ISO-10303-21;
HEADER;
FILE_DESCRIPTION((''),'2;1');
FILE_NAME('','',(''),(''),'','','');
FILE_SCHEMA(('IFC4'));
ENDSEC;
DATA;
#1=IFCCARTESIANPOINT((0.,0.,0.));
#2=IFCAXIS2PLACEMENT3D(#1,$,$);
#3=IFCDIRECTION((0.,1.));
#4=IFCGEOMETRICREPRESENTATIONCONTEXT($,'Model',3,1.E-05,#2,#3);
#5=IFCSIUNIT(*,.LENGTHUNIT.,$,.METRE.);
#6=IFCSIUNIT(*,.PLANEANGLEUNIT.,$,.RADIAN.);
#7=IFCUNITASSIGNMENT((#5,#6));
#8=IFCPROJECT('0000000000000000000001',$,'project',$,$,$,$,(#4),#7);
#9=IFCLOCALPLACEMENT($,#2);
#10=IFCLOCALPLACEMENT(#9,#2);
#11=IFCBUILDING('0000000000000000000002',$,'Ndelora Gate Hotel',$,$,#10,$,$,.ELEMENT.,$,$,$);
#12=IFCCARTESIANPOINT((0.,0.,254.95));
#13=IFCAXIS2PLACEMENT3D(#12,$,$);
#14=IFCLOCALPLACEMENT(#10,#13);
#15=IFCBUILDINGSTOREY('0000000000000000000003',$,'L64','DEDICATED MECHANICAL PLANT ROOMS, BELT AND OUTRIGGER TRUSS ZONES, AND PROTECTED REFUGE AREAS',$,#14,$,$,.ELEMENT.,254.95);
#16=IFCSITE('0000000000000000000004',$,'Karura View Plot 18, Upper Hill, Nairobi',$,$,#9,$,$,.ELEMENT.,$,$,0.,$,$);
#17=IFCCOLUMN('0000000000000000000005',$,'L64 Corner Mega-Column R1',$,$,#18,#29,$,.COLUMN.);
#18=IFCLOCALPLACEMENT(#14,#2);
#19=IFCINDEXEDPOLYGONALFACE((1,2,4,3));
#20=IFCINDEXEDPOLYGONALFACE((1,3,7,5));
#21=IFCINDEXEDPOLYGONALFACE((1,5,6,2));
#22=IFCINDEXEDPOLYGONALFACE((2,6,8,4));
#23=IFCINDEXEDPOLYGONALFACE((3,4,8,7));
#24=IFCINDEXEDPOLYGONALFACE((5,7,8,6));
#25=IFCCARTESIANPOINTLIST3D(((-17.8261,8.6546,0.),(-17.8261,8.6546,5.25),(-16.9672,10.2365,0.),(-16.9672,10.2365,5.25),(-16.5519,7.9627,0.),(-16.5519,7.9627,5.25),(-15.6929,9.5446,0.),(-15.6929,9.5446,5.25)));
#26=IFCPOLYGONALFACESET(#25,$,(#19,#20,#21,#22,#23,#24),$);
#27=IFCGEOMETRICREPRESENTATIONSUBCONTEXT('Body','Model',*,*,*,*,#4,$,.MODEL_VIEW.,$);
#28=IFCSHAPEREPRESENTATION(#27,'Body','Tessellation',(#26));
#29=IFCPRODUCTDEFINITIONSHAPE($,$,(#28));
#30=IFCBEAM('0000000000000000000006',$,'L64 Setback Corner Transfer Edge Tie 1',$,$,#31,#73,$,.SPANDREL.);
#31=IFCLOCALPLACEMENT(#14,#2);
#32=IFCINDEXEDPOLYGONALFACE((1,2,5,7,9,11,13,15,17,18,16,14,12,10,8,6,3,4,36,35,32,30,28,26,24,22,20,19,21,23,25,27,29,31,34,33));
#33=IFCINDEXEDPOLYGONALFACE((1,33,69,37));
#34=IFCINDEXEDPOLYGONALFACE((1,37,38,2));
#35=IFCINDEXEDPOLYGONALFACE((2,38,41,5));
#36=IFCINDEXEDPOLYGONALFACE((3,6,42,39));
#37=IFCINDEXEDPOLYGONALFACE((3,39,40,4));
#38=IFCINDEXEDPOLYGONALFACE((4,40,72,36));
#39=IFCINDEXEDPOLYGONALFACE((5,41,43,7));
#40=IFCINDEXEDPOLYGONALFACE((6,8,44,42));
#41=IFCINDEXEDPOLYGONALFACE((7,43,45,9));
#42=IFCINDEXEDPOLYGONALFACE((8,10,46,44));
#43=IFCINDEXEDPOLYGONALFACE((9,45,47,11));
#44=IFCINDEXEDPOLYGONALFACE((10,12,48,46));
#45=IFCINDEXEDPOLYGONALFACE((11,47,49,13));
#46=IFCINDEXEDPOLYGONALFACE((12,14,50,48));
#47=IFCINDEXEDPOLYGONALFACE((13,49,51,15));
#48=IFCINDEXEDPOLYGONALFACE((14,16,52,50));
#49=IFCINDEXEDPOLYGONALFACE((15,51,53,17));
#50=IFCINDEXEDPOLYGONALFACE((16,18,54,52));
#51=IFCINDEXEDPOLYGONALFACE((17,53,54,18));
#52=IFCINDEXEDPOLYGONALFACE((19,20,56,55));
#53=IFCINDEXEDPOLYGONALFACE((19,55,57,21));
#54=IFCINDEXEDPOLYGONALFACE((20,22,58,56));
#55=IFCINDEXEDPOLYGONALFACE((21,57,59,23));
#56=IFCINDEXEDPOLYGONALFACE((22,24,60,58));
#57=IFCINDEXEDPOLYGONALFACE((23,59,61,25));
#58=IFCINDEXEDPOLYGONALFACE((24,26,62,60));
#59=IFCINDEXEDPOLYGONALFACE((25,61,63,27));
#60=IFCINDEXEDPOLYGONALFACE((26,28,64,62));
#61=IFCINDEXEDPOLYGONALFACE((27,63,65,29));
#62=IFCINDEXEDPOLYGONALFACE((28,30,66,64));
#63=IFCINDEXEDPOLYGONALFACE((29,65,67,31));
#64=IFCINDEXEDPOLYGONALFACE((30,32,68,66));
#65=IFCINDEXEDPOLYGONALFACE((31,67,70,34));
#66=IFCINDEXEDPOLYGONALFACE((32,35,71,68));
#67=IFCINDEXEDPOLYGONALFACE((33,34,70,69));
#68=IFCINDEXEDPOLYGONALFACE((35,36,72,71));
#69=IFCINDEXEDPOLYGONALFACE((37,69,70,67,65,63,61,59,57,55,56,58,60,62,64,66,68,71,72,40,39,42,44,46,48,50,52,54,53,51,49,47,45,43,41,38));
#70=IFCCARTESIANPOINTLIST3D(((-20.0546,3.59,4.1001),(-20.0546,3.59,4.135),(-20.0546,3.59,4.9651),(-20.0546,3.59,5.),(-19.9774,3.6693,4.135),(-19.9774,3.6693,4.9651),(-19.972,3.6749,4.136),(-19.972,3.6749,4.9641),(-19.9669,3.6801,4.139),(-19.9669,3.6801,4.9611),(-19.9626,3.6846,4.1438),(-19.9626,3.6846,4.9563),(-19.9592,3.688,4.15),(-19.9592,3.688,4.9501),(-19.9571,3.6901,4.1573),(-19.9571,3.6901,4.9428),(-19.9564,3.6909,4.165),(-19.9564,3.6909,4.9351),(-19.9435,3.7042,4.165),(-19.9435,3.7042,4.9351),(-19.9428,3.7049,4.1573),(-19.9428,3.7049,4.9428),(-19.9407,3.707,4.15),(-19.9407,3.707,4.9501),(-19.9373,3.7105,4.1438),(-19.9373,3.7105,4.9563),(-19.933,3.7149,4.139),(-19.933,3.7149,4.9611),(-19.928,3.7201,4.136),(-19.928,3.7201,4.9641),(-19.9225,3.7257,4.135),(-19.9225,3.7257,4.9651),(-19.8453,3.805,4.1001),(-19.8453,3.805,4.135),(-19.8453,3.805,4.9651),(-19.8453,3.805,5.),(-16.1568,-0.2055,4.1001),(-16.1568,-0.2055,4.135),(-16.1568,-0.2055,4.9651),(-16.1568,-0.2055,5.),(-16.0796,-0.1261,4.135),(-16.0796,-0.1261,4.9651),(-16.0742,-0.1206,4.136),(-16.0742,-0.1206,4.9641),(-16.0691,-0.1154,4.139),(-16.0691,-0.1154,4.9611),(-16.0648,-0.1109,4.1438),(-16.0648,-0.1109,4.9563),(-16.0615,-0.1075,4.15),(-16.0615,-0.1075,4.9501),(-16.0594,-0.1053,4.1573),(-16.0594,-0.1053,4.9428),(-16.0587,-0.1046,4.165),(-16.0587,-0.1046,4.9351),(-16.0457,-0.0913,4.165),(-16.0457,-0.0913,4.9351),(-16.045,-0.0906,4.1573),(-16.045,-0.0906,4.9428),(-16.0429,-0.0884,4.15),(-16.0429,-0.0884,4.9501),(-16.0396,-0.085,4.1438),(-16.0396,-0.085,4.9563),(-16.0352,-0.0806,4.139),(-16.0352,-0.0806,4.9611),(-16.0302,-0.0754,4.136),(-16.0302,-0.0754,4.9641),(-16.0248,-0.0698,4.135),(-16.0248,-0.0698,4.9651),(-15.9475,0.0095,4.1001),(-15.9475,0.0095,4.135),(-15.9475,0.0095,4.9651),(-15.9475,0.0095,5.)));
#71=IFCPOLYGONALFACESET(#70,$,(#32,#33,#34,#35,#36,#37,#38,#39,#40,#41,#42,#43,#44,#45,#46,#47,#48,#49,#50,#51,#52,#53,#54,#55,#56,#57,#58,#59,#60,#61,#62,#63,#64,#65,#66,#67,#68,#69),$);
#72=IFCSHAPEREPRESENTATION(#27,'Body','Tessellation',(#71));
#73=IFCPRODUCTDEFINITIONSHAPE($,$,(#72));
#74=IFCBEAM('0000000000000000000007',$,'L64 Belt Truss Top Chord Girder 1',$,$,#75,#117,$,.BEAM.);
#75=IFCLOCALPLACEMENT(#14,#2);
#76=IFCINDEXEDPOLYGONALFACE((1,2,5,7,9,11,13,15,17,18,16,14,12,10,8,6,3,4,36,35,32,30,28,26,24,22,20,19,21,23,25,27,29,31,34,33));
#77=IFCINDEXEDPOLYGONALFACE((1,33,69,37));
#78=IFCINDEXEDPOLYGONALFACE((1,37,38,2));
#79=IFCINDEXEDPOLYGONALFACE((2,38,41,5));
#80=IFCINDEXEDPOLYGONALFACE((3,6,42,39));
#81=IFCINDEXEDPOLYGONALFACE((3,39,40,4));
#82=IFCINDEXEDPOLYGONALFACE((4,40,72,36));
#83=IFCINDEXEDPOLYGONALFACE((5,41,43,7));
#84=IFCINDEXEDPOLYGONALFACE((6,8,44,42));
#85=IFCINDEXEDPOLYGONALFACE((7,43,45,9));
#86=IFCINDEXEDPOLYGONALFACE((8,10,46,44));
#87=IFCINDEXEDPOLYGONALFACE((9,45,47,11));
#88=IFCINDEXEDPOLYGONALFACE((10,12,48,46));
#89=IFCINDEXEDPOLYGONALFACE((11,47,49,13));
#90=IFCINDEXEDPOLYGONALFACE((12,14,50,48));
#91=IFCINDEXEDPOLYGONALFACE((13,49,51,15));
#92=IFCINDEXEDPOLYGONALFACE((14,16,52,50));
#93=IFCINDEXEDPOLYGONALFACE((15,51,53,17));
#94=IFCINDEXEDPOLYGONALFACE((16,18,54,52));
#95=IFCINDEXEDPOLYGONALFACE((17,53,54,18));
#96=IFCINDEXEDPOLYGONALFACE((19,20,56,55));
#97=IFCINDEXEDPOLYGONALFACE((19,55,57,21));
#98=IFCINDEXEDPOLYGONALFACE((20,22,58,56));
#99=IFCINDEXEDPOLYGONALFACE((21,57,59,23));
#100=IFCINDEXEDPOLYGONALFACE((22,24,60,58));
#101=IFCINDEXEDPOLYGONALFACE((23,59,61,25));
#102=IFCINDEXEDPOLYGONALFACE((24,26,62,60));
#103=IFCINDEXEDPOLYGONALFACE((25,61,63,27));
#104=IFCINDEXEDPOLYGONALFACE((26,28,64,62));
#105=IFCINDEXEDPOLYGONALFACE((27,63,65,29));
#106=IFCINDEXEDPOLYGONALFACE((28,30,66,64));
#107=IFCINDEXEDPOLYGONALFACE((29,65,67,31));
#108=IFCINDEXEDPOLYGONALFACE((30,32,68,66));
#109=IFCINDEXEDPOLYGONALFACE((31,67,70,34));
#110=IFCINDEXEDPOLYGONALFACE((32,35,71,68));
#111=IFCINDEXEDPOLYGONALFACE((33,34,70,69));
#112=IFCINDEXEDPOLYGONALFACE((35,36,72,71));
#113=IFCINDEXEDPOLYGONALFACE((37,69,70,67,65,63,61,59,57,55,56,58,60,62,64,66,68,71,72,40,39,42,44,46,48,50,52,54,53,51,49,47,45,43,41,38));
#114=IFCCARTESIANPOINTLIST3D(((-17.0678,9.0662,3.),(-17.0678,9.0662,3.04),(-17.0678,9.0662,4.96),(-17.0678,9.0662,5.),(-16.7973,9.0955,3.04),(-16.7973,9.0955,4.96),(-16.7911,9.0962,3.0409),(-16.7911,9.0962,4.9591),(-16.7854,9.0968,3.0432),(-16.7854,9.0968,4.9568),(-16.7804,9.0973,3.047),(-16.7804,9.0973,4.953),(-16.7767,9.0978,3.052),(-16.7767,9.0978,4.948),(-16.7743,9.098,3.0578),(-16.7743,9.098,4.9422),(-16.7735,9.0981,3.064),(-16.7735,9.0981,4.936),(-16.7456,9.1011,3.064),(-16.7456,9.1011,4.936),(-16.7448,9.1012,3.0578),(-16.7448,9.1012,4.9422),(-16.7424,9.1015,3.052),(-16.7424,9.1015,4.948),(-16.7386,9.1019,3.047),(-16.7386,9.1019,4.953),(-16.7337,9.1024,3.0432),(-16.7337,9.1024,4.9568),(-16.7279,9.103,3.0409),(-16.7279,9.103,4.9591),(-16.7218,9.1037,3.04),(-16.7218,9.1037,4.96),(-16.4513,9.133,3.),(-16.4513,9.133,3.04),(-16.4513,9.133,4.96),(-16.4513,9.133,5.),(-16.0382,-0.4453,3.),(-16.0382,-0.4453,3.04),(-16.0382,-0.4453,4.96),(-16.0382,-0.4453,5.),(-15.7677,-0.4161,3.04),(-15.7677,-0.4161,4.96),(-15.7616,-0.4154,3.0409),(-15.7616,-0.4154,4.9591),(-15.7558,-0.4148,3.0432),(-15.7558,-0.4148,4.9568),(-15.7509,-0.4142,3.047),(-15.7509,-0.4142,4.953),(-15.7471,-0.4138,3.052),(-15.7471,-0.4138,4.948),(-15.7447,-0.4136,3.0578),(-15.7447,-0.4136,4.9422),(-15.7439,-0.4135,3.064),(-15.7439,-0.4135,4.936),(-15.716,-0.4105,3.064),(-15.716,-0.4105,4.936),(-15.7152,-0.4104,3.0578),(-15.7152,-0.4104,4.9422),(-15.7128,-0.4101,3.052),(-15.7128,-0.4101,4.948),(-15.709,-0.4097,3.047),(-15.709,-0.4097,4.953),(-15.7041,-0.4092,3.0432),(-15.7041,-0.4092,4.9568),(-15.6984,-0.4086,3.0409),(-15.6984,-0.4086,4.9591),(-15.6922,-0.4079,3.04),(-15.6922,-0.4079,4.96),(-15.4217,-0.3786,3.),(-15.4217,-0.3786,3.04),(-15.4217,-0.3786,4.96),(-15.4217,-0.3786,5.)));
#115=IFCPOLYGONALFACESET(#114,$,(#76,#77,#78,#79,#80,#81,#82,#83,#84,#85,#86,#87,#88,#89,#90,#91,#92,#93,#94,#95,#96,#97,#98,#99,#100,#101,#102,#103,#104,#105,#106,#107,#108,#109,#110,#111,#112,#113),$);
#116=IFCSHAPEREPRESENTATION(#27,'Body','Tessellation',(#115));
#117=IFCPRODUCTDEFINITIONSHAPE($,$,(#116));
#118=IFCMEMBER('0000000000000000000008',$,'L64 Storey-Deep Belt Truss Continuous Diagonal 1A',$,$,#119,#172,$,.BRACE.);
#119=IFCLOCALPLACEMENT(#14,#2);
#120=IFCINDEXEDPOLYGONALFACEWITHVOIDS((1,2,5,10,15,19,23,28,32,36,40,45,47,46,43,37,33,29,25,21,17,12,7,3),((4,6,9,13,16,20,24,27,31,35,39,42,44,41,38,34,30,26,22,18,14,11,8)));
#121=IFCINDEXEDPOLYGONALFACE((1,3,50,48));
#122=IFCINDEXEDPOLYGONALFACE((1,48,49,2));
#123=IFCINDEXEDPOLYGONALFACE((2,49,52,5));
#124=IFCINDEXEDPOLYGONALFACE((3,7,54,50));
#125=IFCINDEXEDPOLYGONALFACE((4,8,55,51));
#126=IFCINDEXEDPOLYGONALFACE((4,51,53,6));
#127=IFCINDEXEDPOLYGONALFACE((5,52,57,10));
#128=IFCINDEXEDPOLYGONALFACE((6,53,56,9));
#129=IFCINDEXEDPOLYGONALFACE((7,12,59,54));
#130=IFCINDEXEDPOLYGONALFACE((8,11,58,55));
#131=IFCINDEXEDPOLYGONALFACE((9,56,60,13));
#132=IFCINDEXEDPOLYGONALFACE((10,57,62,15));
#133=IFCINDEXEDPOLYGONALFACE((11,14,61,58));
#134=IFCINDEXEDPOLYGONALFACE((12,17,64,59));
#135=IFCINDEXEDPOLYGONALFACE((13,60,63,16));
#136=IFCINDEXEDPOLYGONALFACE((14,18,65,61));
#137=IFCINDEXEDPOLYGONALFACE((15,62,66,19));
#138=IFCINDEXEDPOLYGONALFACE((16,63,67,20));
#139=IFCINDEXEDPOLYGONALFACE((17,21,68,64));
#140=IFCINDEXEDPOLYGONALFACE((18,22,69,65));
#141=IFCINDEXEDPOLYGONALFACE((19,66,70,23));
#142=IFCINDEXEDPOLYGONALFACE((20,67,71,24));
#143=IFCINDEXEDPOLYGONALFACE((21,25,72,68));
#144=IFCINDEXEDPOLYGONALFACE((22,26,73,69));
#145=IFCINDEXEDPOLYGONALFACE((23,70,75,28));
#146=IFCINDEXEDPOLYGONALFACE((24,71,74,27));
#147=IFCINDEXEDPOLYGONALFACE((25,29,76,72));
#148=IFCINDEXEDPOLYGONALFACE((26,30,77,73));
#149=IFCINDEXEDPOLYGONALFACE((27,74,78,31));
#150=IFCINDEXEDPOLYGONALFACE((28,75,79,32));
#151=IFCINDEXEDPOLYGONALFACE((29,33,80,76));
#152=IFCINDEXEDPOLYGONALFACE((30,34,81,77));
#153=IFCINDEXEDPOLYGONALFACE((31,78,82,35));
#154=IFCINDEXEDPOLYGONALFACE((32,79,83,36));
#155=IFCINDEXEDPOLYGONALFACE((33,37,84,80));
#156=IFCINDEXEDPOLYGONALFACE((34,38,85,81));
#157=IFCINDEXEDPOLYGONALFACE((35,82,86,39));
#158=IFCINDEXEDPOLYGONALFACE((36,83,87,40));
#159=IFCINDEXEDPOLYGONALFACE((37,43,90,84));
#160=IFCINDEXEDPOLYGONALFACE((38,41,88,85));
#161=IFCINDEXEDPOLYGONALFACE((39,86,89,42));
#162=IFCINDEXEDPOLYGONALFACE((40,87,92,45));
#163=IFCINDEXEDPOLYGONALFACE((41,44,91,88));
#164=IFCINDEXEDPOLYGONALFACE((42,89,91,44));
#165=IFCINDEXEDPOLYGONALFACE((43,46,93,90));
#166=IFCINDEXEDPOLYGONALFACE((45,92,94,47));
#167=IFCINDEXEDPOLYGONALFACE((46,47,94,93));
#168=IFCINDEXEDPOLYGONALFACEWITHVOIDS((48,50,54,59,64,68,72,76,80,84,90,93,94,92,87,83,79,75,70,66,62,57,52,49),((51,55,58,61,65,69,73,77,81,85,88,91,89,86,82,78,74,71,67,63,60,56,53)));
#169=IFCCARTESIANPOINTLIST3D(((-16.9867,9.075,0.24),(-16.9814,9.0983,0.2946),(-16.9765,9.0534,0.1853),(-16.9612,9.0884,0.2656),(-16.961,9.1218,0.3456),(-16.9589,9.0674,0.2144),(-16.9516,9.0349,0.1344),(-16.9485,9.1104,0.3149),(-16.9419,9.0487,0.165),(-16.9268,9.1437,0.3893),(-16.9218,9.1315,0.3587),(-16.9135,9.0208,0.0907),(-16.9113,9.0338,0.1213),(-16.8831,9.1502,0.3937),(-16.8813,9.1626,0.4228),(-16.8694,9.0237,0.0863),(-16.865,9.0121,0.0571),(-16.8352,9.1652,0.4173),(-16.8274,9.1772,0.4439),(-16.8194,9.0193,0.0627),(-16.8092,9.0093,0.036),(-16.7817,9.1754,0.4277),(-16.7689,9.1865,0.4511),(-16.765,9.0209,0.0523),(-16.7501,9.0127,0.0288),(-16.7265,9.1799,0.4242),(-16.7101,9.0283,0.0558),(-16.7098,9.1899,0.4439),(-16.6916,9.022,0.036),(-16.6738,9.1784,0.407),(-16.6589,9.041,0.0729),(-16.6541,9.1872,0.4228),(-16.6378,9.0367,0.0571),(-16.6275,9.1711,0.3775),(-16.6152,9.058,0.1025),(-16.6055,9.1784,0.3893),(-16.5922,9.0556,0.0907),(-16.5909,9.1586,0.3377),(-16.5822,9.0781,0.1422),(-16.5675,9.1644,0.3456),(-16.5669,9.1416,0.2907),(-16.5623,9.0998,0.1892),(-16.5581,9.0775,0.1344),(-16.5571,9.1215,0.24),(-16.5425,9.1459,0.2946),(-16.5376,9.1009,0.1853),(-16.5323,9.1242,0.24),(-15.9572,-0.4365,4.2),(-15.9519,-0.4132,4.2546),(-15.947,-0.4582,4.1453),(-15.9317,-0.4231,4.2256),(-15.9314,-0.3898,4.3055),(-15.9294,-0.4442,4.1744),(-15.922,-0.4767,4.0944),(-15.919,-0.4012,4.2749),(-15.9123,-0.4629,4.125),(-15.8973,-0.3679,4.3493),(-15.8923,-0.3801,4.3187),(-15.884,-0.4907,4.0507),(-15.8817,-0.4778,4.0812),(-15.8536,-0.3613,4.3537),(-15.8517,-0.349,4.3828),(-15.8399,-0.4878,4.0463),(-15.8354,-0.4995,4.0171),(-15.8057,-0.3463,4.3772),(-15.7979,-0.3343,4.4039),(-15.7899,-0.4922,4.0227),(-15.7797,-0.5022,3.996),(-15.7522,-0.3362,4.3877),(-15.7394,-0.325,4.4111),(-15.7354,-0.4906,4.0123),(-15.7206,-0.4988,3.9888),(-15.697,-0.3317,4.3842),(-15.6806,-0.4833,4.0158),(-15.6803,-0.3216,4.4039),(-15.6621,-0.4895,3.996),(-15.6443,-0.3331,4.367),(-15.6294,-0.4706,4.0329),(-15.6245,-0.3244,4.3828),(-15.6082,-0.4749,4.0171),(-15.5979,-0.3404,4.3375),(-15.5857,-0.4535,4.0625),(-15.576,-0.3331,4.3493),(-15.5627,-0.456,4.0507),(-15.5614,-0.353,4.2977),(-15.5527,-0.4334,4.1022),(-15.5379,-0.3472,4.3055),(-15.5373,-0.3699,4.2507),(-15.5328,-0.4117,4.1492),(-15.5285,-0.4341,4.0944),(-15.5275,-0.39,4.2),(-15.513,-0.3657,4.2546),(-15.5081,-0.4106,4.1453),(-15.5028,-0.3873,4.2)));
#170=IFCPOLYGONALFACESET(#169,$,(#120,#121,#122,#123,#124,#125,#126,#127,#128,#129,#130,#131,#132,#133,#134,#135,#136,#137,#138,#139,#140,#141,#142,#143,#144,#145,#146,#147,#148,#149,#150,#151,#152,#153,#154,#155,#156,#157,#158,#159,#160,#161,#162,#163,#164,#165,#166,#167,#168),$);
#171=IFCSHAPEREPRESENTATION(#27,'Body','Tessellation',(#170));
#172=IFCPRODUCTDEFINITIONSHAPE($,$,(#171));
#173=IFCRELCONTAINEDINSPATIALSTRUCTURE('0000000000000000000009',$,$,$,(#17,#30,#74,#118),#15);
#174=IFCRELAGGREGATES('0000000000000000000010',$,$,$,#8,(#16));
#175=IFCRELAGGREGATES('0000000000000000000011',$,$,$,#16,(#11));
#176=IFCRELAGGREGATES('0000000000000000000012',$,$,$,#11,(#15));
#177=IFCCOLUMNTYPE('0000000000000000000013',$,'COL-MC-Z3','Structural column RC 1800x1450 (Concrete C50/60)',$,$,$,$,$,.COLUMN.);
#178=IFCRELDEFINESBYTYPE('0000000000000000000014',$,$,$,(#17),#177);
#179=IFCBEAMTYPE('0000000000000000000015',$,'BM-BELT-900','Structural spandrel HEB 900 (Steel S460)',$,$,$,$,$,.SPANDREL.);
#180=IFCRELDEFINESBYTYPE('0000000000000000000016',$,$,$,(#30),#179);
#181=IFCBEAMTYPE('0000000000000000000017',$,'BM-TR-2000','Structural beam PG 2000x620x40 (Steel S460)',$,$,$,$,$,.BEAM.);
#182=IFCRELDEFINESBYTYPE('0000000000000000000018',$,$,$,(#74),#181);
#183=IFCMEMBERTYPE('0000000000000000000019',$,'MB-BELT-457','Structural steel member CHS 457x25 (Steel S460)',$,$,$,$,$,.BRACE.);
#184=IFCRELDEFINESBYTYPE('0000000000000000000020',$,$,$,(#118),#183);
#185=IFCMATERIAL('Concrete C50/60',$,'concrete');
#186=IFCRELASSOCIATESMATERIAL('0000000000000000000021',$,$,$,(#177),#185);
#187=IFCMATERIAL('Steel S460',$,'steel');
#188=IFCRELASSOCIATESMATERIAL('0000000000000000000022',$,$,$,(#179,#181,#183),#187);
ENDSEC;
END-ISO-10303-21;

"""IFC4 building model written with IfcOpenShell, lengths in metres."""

from ifc_helpers import new_model, si_unit, direction, frame, origin, origin_2d, place, context, subcontext, project, spatial, rectangle, hollow_circle, i_section, extrude, material, material_profile, profile_set, type_object, element, save


model = new_model("IFC4")

# Units and contexts
model_context = context("Model", 3, precision=1e-05, world=origin(), true_north=direction((0.0, 1.0)))
body_context = subcontext(model_context, "Body", "Model", "MODEL_VIEW")
ifc_project = project(units=[si_unit("LENGTHUNIT", "METRE"), si_unit("PLANEANGLEUNIT", "RADIAN")], contexts=[model_context])

# Site, building, storey
site_placement = place(None, origin())
site = spatial("IfcSite", under=ifc_project, at=site_placement, Name="Karura View Plot 18, Upper Hill, Nairobi", CompositionType="ELEMENT", RefElevation=0.0)
building_placement = place(site_placement, origin())
building = spatial("IfcBuilding", under=site, at=building_placement, Name="Ndelora Gate Hotel", CompositionType="ELEMENT")
storey_placement = place(building_placement, frame((0.0, 0.0, 254.95)))
storey = spatial("IfcBuildingStorey", under=building, at=storey_placement, Name="L64", Description="DEDICATED MECHANICAL PLANT ROOMS, BELT AND OUTRIGGER TRUSS ZONES, AND PROTECTED REFUGE AREAS", CompositionType="ELEMENT", Elevation=254.95)

# Column
ifc_material_1 = material(Name="Concrete C50/60", Category="concrete")
ifc_material_profile_1 = material_profile(ifc_material_1, rectangle(XDim=1.45, YDim=1.8, at=origin_2d()), Name="RC 1800x1450")
ifc_profile_set_1 = profile_set([ifc_material_profile_1], Name="Concrete C50/60")
column_type = type_object("IfcColumnType", Name="COL-MC-Z3", Description="Structural column RC 1800x1450 (Concrete C50/60)", PredefinedType="COLUMN", material=ifc_profile_set_1)
column_placement = place(storey_placement, frame((-16.7595, 9.0996, 0.0), z_axis=(0.0, 0.0, 1.0), x_axis=(-0.878817, 0.477159, 0.0)))
element("IfcColumn", 1, at=column_placement, inside=storey, type_object=column_type, Name="L64 Corner Mega-Column R1", PredefinedType="COLUMN", context=body_context, shape_type="SweptSolid", body=[
    extrude(rectangle(XDim=1.45, YDim=1.8, at=origin_2d()), origin(), (0.0, 0.0, 1.0), 5.25),
])

# Beams
ifc_material_2 = material(Name="Steel S460", Category="steel")
ifc_material_profile_2 = material_profile(ifc_material_2, i_section(OverallWidth=0.3, OverallDepth=0.8999, WebThickness=0.0186, FlangeThickness=0.0349, FilletRadius=0.03, at=origin_2d()), Name="HEB 900")
ifc_profile_set_2 = profile_set([ifc_material_profile_2], Name="Steel S460")
beam_type_1 = type_object("IfcBeamType", Name="BM-BELT-900", Description="Structural spandrel HEB 900 (Steel S460)", PredefinedType="SPANDREL", material=ifc_profile_set_2)
beam_1_placement = place(storey_placement, frame((-19.95, 3.6975, 4.55), z_axis=(0.716446, -0.697643, 0.0), x_axis=(0.697643, 0.716446, 0.0)))
element("IfcBeam", 2, at=beam_1_placement, inside=storey, type_object=beam_type_1, Name="L64 Setback Corner Transfer Edge Tie 1", PredefinedType="SPANDREL", context=body_context, shape_type="SweptSolid", body=[
    extrude(i_section(OverallWidth=0.3, OverallDepth=0.8999, WebThickness=0.0186, FlangeThickness=0.0349, FilletRadius=0.03, at=origin_2d()), origin(), (0.0, 0.0, 1.0), 5.4404),
])
ifc_material_profile_3 = material_profile(ifc_material_2, i_section(OverallWidth=0.6201, OverallDepth=2.0, WebThickness=0.0281, FlangeThickness=0.04, FilletRadius=0.0239, at=origin_2d()), Name="PG 2000x620x40")
ifc_profile_set_3 = profile_set([ifc_material_profile_3], Name="Steel S460")
beam_type_2 = type_object("IfcBeamType", Name="BM-TR-2000", Description="Structural beam PG 2000x620x40 (Steel S460)", PredefinedType="BEAM", material=ifc_profile_set_3)
beam_2_placement = place(storey_placement, frame((-16.7595, 9.0996, 4.0), z_axis=(0.107613, -0.994193, 0.0), x_axis=(0.994193, 0.107613, 0.0)))
element("IfcBeam", 3, at=beam_2_placement, inside=storey, type_object=beam_type_2, Name="L64 Belt Truss Top Chord Girder 1", PredefinedType="BEAM", context=body_context, shape_type="SweptSolid", body=[
    extrude(i_section(OverallWidth=0.6201, OverallDepth=2.0, WebThickness=0.0281, FlangeThickness=0.04, FilletRadius=0.0239, at=origin_2d()), origin(), (0.0, 0.0, 1.0), 9.5671),
])

# Member
ifc_material_profile_4 = material_profile(ifc_material_2, hollow_circle(Radius=0.2285, WallThickness=0.0249, at=origin_2d()), Name="CHS 457x25")
ifc_profile_set_4 = profile_set([ifc_material_profile_4], Name="Steel S460")
member_type = type_object("IfcMemberType", Name="MB-BELT-457", Description="Structural steel member CHS 457x25 (Steel S460)", PredefinedType="BRACE", material=ifc_profile_set_4)
member_1_placement = place(storey_placement, frame((-16.7595, 9.0996, 0.24), z_axis=(0.099432, -0.918611, 0.38245), x_axis=(0.994193, 0.107613, 0.0)))
element("IfcMember", 4, at=member_1_placement, inside=storey, type_object=member_type, Name="L64 Storey-Deep Belt Truss Continuous Diagonal 1A", PredefinedType="BRACE", context=body_context, shape_type="SweptSolid", body=[
    extrude(hollow_circle(Radius=0.2285, WallThickness=0.0249, at=origin_2d()), origin(), (0.0, 0.0, 1.0), 10.3542),
])

save(model, "model.ifc")
